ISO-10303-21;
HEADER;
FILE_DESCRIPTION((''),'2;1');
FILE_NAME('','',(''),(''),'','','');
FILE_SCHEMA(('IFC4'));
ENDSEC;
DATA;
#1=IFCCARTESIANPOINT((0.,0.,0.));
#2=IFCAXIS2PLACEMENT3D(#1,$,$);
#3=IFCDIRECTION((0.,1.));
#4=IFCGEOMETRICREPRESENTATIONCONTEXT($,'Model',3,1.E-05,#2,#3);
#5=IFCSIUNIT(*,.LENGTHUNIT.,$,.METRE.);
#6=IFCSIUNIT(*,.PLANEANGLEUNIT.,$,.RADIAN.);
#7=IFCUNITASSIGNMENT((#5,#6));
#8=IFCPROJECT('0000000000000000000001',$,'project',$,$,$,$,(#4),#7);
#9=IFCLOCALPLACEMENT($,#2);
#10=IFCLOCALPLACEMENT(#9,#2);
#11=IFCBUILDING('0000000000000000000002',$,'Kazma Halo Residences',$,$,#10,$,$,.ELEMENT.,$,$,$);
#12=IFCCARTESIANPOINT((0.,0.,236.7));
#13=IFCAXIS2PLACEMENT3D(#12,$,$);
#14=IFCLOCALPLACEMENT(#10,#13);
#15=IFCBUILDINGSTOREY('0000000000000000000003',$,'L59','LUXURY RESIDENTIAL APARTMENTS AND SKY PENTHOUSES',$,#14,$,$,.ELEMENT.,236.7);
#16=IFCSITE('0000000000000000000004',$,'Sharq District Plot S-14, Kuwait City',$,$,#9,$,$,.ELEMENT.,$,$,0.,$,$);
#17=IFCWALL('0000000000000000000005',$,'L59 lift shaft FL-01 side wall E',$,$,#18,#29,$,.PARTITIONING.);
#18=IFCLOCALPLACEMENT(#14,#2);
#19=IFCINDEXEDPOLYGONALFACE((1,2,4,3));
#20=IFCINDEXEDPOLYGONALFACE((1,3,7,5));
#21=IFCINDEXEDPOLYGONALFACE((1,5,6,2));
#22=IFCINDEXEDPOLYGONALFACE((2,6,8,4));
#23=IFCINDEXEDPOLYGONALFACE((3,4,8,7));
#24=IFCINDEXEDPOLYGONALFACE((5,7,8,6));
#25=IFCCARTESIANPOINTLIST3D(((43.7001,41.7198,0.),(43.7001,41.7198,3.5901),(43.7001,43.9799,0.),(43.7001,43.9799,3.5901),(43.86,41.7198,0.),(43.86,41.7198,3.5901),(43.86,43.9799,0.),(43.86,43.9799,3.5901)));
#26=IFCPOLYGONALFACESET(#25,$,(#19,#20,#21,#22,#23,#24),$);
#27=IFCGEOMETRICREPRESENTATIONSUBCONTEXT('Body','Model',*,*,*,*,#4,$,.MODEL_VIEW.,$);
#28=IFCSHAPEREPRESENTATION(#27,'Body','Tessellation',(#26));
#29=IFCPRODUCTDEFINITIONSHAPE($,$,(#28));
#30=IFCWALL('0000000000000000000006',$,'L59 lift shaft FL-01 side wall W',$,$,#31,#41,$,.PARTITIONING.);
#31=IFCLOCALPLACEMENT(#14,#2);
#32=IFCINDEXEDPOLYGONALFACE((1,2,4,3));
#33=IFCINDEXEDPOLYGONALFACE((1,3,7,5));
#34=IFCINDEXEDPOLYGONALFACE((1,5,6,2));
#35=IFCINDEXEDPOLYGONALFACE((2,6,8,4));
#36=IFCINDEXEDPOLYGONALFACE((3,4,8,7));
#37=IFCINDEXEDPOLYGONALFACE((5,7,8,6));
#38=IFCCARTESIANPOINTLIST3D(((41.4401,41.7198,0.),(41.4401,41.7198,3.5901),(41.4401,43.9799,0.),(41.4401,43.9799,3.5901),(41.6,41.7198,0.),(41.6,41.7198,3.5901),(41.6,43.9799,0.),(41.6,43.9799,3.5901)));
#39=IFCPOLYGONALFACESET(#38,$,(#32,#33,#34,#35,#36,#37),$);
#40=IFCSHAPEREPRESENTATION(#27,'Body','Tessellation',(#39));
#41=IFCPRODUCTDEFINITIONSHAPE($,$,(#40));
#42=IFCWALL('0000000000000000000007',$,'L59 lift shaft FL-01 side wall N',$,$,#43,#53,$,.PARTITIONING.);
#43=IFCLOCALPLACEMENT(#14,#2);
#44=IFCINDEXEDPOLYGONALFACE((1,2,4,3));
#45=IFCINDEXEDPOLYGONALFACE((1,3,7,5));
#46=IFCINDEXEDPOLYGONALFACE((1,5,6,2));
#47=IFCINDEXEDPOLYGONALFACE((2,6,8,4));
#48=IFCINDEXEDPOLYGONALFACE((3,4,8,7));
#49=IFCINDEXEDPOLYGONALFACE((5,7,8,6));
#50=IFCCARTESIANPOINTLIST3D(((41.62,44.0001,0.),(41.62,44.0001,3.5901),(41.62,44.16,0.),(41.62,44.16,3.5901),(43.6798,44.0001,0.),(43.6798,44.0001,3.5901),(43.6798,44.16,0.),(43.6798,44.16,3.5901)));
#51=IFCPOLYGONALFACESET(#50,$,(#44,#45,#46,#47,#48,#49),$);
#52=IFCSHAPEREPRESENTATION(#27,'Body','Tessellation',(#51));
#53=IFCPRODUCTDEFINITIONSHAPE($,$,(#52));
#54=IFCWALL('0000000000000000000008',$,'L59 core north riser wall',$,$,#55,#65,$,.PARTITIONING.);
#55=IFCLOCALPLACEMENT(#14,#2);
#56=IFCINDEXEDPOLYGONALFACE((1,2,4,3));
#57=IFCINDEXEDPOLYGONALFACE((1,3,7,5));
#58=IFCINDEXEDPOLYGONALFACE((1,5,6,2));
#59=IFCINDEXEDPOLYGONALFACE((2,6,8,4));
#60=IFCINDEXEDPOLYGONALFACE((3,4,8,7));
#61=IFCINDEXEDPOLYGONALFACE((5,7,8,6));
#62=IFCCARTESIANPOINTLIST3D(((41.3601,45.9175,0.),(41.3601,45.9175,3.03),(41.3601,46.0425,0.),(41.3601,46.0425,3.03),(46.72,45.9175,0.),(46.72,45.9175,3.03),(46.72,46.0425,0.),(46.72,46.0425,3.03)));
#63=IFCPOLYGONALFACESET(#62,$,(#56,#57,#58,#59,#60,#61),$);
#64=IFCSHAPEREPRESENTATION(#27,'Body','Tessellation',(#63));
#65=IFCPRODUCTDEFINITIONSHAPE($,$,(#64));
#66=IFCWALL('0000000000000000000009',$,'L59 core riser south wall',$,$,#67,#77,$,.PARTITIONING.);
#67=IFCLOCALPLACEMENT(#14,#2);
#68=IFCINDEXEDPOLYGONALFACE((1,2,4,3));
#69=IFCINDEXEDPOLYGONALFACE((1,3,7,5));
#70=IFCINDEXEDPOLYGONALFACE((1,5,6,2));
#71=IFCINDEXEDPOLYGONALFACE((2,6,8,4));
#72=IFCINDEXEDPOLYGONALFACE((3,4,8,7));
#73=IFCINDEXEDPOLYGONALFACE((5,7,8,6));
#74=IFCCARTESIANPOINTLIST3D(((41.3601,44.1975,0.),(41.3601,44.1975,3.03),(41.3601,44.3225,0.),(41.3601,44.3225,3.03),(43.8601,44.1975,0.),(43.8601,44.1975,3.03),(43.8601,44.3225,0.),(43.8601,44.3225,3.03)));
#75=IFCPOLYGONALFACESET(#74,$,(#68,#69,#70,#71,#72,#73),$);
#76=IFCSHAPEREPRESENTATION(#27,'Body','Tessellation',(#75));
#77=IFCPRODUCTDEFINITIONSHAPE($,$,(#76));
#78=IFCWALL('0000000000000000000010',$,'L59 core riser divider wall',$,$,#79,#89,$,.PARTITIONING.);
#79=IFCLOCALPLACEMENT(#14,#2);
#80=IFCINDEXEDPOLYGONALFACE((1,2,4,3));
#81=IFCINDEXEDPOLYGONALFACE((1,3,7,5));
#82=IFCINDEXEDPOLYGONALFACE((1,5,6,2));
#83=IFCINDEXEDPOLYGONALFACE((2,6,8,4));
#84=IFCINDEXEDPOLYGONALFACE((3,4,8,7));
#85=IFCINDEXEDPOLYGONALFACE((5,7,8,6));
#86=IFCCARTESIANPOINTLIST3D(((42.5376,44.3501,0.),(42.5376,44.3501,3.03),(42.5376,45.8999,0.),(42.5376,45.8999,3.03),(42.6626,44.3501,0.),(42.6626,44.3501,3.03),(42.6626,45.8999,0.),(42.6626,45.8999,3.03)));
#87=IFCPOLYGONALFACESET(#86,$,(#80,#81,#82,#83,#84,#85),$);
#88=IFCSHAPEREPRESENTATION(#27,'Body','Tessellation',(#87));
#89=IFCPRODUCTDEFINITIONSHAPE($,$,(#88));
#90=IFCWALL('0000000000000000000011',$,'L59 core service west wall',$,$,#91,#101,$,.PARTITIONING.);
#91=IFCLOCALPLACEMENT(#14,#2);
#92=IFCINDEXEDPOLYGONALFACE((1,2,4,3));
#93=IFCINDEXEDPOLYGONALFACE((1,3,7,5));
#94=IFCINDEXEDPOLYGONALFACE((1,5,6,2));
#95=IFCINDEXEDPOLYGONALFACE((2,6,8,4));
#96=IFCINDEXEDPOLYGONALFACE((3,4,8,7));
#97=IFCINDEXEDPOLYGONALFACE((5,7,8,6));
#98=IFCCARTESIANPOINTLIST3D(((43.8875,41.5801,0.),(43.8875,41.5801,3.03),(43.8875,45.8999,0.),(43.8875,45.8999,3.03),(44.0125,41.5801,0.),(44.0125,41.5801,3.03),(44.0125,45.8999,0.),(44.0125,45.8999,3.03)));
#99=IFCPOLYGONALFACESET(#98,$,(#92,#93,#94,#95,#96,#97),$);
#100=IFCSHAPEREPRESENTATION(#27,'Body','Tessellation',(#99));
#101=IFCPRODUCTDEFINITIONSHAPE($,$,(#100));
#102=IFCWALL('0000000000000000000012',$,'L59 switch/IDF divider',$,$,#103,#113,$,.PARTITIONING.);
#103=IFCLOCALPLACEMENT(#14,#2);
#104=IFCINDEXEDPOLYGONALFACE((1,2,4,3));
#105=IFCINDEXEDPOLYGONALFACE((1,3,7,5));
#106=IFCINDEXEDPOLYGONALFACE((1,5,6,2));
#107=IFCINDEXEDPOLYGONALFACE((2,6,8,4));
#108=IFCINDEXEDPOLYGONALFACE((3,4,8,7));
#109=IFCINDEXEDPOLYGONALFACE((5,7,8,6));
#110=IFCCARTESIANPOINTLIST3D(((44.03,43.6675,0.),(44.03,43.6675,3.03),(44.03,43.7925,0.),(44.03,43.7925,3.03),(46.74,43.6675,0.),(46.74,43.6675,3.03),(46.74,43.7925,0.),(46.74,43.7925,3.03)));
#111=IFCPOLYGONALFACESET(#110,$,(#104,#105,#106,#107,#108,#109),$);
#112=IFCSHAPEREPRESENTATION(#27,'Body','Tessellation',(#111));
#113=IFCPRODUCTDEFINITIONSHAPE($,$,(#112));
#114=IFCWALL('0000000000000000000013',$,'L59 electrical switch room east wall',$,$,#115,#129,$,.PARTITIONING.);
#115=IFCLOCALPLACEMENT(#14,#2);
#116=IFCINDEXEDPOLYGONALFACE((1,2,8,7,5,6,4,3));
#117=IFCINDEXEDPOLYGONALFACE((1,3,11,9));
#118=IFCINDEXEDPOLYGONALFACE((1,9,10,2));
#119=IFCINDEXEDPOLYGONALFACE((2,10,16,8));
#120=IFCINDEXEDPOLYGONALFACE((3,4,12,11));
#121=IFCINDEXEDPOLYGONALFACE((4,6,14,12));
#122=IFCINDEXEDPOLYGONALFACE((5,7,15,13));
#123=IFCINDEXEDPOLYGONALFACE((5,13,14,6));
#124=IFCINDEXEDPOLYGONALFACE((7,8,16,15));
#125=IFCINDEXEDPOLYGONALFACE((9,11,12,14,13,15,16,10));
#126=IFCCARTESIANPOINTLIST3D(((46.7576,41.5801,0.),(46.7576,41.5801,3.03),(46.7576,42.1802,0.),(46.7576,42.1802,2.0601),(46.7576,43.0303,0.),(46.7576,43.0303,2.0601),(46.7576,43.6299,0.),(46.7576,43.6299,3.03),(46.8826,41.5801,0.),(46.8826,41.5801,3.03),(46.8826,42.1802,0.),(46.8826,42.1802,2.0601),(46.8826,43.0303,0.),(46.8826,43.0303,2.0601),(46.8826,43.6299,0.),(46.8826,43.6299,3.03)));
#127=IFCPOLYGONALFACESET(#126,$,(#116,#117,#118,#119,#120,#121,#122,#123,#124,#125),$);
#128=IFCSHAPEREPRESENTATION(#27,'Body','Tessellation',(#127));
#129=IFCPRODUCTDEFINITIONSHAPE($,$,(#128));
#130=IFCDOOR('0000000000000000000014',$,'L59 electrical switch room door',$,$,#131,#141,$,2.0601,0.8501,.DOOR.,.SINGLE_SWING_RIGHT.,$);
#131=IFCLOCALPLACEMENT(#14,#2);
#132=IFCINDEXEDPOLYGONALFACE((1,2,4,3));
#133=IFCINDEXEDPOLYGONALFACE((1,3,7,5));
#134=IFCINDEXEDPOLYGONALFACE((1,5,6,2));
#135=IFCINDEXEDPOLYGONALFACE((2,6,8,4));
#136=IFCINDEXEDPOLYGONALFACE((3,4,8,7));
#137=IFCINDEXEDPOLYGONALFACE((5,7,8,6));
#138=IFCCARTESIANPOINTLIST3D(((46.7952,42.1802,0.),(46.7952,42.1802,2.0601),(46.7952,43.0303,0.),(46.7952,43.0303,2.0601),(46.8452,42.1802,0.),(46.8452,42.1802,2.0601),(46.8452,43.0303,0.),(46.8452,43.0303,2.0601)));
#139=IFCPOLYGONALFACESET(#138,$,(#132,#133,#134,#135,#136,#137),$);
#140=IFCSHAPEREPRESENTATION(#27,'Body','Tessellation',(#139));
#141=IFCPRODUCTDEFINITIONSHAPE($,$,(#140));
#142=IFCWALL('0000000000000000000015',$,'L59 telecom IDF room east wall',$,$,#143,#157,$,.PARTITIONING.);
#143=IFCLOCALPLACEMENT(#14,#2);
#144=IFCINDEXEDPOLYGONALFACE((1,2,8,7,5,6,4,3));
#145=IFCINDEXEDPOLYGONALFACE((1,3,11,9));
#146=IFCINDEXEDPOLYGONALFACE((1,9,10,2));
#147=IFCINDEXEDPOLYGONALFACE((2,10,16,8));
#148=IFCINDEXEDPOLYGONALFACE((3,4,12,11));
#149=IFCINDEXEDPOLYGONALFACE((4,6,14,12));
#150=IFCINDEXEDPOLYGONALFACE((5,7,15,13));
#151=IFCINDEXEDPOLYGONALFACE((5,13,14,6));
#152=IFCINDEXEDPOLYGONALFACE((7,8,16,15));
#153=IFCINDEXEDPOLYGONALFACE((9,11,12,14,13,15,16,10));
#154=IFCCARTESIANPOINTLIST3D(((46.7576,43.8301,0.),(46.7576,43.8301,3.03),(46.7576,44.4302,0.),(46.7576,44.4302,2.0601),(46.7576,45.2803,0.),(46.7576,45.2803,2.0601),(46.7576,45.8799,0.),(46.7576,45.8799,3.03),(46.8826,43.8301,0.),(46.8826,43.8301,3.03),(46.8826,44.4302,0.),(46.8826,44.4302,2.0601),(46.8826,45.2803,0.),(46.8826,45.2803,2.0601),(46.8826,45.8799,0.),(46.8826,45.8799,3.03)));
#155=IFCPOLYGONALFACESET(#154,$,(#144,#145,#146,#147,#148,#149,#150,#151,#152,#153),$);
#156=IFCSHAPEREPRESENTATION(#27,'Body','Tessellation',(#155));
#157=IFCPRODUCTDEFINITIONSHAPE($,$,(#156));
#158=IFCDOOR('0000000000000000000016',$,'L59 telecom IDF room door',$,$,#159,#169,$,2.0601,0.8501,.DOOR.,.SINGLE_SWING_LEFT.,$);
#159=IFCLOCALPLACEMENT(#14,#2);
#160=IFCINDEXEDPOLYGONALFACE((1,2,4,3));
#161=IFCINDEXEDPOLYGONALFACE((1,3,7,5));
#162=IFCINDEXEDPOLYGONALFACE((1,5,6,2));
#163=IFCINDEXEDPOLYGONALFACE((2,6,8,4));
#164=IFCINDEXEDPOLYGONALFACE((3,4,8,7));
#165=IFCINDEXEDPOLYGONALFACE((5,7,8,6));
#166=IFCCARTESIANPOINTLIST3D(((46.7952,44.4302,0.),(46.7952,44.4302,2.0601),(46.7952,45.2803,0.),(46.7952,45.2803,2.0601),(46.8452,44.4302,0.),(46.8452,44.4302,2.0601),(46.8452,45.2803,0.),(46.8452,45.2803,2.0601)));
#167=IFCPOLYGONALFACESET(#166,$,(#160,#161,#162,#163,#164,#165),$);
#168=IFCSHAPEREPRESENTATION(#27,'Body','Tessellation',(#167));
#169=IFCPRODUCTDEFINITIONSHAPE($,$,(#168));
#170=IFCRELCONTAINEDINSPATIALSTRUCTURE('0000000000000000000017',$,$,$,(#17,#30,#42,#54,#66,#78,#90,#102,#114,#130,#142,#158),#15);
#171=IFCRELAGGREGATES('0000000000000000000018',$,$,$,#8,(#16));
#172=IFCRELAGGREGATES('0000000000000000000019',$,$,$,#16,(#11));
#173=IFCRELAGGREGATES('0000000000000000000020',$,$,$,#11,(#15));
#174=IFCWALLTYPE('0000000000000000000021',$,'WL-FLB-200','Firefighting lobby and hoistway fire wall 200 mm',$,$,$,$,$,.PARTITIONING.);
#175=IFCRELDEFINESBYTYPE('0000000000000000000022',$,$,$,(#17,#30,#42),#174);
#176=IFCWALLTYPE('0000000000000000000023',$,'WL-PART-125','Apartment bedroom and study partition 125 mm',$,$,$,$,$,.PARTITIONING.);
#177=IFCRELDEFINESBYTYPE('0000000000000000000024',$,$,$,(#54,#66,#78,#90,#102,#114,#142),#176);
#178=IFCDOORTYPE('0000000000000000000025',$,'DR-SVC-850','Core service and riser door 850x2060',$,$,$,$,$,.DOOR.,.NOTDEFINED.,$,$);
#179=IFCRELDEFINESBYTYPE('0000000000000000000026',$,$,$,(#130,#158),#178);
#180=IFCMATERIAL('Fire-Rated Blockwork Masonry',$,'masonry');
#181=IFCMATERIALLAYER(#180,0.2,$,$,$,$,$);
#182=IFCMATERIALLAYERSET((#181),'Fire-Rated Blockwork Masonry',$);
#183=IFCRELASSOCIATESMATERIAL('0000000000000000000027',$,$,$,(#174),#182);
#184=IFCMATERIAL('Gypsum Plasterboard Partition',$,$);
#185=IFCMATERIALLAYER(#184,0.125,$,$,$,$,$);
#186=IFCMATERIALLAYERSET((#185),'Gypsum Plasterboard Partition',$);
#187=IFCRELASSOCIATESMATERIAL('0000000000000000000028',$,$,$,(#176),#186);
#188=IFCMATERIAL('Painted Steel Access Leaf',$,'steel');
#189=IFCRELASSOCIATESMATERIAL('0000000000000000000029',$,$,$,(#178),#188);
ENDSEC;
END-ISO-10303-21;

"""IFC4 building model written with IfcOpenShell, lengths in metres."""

from ifc_helpers import new_model, si_unit, direction, frame, frame_2d, origin, place, context, subcontext, project, spatial, rectangle, extrude, material, layer, layer_set, type_object, element, fill, save


model = new_model("IFC4")

# Units and contexts
model_context = context("Model", 3, precision=1e-05, world=origin(), true_north=direction((0.0, 1.0)))
body_context = subcontext(model_context, "Body", "Model", "MODEL_VIEW")
ifc_project = project(units=[si_unit("LENGTHUNIT", "METRE"), si_unit("PLANEANGLEUNIT", "RADIAN")], contexts=[model_context])

# Site, building, storey
site_placement = place(None, origin())
site = spatial("IfcSite", under=ifc_project, at=site_placement, Name="Sharq District Plot S-14, Kuwait City", CompositionType="ELEMENT", RefElevation=0.0)
building_placement = place(site_placement, origin())
building = spatial("IfcBuilding", under=site, at=building_placement, Name="Kazma Halo Residences", CompositionType="ELEMENT")
storey_placement = place(building_placement, frame((0.0, 0.0, 236.7)))
storey = spatial("IfcBuildingStorey", under=building, at=storey_placement, Name="L59", Description="LUXURY RESIDENTIAL APARTMENTS AND SKY PENTHOUSES", CompositionType="ELEMENT", Elevation=236.7)

# Shared definitions
ifc_material_1 = material(Name="Fire-Rated Blockwork Masonry", Category="masonry")
ifc_layer_1 = layer(ifc_material_1, 0.2)
ifc_layer_set_1 = layer_set([ifc_layer_1], Name="Fire-Rated Blockwork Masonry")
wall_type_1 = type_object("IfcWallType", Name="WL-FLB-200", Description="Firefighting lobby and hoistway fire wall 200 mm", PredefinedType="PARTITIONING", material=ifc_layer_set_1)

# Walls
for number, where, z_axis, x_axis, name in (
    (1, (43.78, 41.72, 0.0), (0.0, 0.0, 1.0), (0.0, 1.0, 0.0), "L59 lift shaft FL-01 side wall E"),
    (2, (41.52, 41.72, 0.0), (0.0, 0.0, 1.0), (0.0, 1.0, 0.0), "L59 lift shaft FL-01 side wall W"),
):
    element("IfcWall", number, at=place(storey_placement, frame(where, z_axis=z_axis, x_axis=x_axis)), inside=storey, type_object=wall_type_1, Name=name, PredefinedType="PARTITIONING", context=body_context, shape_type="SweptSolid", body=[
        extrude(rectangle(XDim=2.26, YDim=0.1599, at=frame_2d((1.1299, 0.0))), origin(), (0.0, 0.0, 1.0), 3.5901),
    ])
wall_1_placement = place(storey_placement, frame((41.6201, 44.0801, 0.0), z_axis=(0.0, 0.0, 1.0), x_axis=(1.0, 0.0, 0.0)))
element("IfcWall", 3, at=wall_1_placement, inside=storey, type_object=wall_type_1, Name="L59 lift shaft FL-01 side wall N", PredefinedType="PARTITIONING", context=body_context, shape_type="SweptSolid", body=[
    extrude(rectangle(XDim=2.0598, YDim=0.1599, at=frame_2d((1.0298, 0.0))), origin(), (0.0, 0.0, 1.0), 3.5901),
])
ifc_material_2 = material(Name="Gypsum Plasterboard Partition")
ifc_layer_2 = layer(ifc_material_2, 0.125)
ifc_layer_set_2 = layer_set([ifc_layer_2], Name="Gypsum Plasterboard Partition")
wall_type_2 = type_object("IfcWallType", Name="WL-PART-125", Description="Apartment bedroom and study partition 125 mm", PredefinedType="PARTITIONING", material=ifc_layer_set_2)
wall_2_placement = place(storey_placement, frame((41.3601, 45.98, 0.0), z_axis=(0.0, 0.0, 1.0), x_axis=(1.0, 0.0, 0.0)))
element("IfcWall", 4, at=wall_2_placement, inside=storey, type_object=wall_type_2, Name="L59 core north riser wall", PredefinedType="PARTITIONING", context=body_context, shape_type="SweptSolid", body=[
    extrude(rectangle(XDim=5.3599, YDim=0.125, at=frame_2d((2.6799, 0.0))), origin(), (0.0, 0.0, 1.0), 3.03),
])
wall_3_placement = place(storey_placement, frame((41.3601, 44.26, 0.0), z_axis=(0.0, 0.0, 1.0), x_axis=(1.0, 0.0, 0.0)))
element("IfcWall", 5, at=wall_3_placement, inside=storey, type_object=wall_type_2, Name="L59 core riser south wall", PredefinedType="PARTITIONING", context=body_context, shape_type="SweptSolid", body=[
    extrude(rectangle(XDim=2.5, YDim=0.125, at=frame_2d((1.25, 0.0))), origin(), (0.0, 0.0, 1.0), 3.03),
])
wall_4_placement = place(storey_placement, frame((42.6001, 44.3501, 0.0), z_axis=(0.0, 0.0, 1.0), x_axis=(0.0, 1.0, 0.0)))
element("IfcWall", 6, at=wall_4_placement, inside=storey, type_object=wall_type_2, Name="L59 core riser divider wall", PredefinedType="PARTITIONING", context=body_context, shape_type="SweptSolid", body=[
    extrude(rectangle(XDim=1.5498, YDim=0.125, at=frame_2d((0.7749, 0.0))), origin(), (0.0, 0.0, 1.0), 3.03),
])
wall_5_placement = place(storey_placement, frame((43.95, 41.5801, 0.0), z_axis=(0.0, 0.0, 1.0), x_axis=(0.0, 1.0, 0.0)))
element("IfcWall", 7, at=wall_5_placement, inside=storey, type_object=wall_type_2, Name="L59 core service west wall", PredefinedType="PARTITIONING", context=body_context, shape_type="SweptSolid", body=[
    extrude(rectangle(XDim=4.3198, YDim=0.125, at=frame_2d((2.1599, 0.0))), origin(), (0.0, 0.0, 1.0), 3.03),
])
wall_6_placement = place(storey_placement, frame((44.03, 43.73, 0.0), z_axis=(0.0, 0.0, 1.0), x_axis=(1.0, 0.0, 0.0)))
element("IfcWall", 8, at=wall_6_placement, inside=storey, type_object=wall_type_2, Name="L59 switch/IDF divider", PredefinedType="PARTITIONING", context=body_context, shape_type="SweptSolid", body=[
    extrude(rectangle(XDim=2.71, YDim=0.125, at=frame_2d((1.355, 0.0))), origin(), (0.0, 0.0, 1.0), 3.03),
])

# Walls, openings, doors
wall_7_placement = place(storey_placement, frame((46.8201, 41.5801, 0.0), z_axis=(0.0, 0.0, 1.0), x_axis=(0.0, 1.0, 0.0)))
wall_7 = element("IfcWall", 9, at=wall_7_placement, inside=storey, type_object=wall_type_2, Name="L59 electrical switch room east wall", PredefinedType="PARTITIONING", context=body_context, shape_type="SweptSolid", body=[
    extrude(rectangle(XDim=2.0498, YDim=0.125, at=frame_2d((1.0249, 0.0))), origin(), (0.0, 0.0, 1.0), 3.03),
])
opening_1_placement = place(wall_7_placement, frame((0.6001, 0.0, 0.0)))
opening_1 = element("IfcOpeningElement", 10, at=opening_1_placement, cuts=wall_7, PredefinedType="OPENING", context=body_context, shape_type="SweptSolid", body=[
    extrude(rectangle(XDim=0.8501, YDim=2.0601, at=frame_2d((0.425, 1.03))), frame((0.0, 0.0725, 0.0), z_axis=(0.0, -1.0, 0.0), x_axis=(1.0, 0.0, 0.0)), (0.0, 0.0, 1.0), 0.145),
])
ifc_material_3 = material(Name="Painted Steel Access Leaf", Category="steel")
door_type_1 = type_object("IfcDoorType", Name="DR-SVC-850", Description="Core service and riser door 850x2060", OperationType="NOTDEFINED", PredefinedType="DOOR", material=ifc_material_3)
door_1_placement = place(opening_1_placement, origin())
door_1 = element("IfcDoor", 11, at=door_1_placement, inside=storey, type_object=door_type_1, Name="L59 electrical switch room door", OperationType="SINGLE_SWING_RIGHT", OverallHeight=2.0601, OverallWidth=0.8501, PredefinedType="DOOR", context=body_context, shape_type="SweptSolid", body=[
    extrude(rectangle(XDim=0.8501, YDim=2.0601, at=frame_2d((0.425, 1.03))), frame((0.0, 0.0249, 0.0), z_axis=(0.0, -1.0, 0.0), x_axis=(1.0, 0.0, 0.0)), (0.0, 0.0, 1.0), 0.05),
])
fill(opening_1, door_1)
wall_8_placement = place(storey_placement, frame((46.8201, 43.8301, 0.0), z_axis=(0.0, 0.0, 1.0), x_axis=(0.0, 1.0, 0.0)))
wall_8 = element("IfcWall", 12, at=wall_8_placement, inside=storey, type_object=wall_type_2, Name="L59 telecom IDF room east wall", PredefinedType="PARTITIONING", context=body_context, shape_type="SweptSolid", body=[
    extrude(rectangle(XDim=2.0498, YDim=0.125, at=frame_2d((1.0249, 0.0))), origin(), (0.0, 0.0, 1.0), 3.03),
])
opening_2_placement = place(wall_8_placement, frame((0.6001, 0.0, 0.0)))
opening_2 = element("IfcOpeningElement", 13, at=opening_2_placement, cuts=wall_8, PredefinedType="OPENING", context=body_context, shape_type="SweptSolid", body=[
    extrude(rectangle(XDim=0.8501, YDim=2.0601, at=frame_2d((0.425, 1.03))), frame((0.0, 0.0725, 0.0), z_axis=(0.0, -1.0, 0.0), x_axis=(1.0, 0.0, 0.0)), (0.0, 0.0, 1.0), 0.145),
])
door_2_placement = place(opening_2_placement, origin())
door_2 = element("IfcDoor", 14, at=door_2_placement, inside=storey, type_object=door_type_1, Name="L59 telecom IDF room door", OperationType="SINGLE_SWING_LEFT", OverallHeight=2.0601, OverallWidth=0.8501, PredefinedType="DOOR", context=body_context, shape_type="SweptSolid", body=[
    extrude(rectangle(XDim=0.8501, YDim=2.0601, at=frame_2d((0.425, 1.03))), frame((0.0, 0.0249, 0.0), z_axis=(0.0, -1.0, 0.0), x_axis=(1.0, 0.0, 0.0)), (0.0, 0.0, 1.0), 0.05),
])
fill(opening_2, door_2)

save(model, "model.ifc")
